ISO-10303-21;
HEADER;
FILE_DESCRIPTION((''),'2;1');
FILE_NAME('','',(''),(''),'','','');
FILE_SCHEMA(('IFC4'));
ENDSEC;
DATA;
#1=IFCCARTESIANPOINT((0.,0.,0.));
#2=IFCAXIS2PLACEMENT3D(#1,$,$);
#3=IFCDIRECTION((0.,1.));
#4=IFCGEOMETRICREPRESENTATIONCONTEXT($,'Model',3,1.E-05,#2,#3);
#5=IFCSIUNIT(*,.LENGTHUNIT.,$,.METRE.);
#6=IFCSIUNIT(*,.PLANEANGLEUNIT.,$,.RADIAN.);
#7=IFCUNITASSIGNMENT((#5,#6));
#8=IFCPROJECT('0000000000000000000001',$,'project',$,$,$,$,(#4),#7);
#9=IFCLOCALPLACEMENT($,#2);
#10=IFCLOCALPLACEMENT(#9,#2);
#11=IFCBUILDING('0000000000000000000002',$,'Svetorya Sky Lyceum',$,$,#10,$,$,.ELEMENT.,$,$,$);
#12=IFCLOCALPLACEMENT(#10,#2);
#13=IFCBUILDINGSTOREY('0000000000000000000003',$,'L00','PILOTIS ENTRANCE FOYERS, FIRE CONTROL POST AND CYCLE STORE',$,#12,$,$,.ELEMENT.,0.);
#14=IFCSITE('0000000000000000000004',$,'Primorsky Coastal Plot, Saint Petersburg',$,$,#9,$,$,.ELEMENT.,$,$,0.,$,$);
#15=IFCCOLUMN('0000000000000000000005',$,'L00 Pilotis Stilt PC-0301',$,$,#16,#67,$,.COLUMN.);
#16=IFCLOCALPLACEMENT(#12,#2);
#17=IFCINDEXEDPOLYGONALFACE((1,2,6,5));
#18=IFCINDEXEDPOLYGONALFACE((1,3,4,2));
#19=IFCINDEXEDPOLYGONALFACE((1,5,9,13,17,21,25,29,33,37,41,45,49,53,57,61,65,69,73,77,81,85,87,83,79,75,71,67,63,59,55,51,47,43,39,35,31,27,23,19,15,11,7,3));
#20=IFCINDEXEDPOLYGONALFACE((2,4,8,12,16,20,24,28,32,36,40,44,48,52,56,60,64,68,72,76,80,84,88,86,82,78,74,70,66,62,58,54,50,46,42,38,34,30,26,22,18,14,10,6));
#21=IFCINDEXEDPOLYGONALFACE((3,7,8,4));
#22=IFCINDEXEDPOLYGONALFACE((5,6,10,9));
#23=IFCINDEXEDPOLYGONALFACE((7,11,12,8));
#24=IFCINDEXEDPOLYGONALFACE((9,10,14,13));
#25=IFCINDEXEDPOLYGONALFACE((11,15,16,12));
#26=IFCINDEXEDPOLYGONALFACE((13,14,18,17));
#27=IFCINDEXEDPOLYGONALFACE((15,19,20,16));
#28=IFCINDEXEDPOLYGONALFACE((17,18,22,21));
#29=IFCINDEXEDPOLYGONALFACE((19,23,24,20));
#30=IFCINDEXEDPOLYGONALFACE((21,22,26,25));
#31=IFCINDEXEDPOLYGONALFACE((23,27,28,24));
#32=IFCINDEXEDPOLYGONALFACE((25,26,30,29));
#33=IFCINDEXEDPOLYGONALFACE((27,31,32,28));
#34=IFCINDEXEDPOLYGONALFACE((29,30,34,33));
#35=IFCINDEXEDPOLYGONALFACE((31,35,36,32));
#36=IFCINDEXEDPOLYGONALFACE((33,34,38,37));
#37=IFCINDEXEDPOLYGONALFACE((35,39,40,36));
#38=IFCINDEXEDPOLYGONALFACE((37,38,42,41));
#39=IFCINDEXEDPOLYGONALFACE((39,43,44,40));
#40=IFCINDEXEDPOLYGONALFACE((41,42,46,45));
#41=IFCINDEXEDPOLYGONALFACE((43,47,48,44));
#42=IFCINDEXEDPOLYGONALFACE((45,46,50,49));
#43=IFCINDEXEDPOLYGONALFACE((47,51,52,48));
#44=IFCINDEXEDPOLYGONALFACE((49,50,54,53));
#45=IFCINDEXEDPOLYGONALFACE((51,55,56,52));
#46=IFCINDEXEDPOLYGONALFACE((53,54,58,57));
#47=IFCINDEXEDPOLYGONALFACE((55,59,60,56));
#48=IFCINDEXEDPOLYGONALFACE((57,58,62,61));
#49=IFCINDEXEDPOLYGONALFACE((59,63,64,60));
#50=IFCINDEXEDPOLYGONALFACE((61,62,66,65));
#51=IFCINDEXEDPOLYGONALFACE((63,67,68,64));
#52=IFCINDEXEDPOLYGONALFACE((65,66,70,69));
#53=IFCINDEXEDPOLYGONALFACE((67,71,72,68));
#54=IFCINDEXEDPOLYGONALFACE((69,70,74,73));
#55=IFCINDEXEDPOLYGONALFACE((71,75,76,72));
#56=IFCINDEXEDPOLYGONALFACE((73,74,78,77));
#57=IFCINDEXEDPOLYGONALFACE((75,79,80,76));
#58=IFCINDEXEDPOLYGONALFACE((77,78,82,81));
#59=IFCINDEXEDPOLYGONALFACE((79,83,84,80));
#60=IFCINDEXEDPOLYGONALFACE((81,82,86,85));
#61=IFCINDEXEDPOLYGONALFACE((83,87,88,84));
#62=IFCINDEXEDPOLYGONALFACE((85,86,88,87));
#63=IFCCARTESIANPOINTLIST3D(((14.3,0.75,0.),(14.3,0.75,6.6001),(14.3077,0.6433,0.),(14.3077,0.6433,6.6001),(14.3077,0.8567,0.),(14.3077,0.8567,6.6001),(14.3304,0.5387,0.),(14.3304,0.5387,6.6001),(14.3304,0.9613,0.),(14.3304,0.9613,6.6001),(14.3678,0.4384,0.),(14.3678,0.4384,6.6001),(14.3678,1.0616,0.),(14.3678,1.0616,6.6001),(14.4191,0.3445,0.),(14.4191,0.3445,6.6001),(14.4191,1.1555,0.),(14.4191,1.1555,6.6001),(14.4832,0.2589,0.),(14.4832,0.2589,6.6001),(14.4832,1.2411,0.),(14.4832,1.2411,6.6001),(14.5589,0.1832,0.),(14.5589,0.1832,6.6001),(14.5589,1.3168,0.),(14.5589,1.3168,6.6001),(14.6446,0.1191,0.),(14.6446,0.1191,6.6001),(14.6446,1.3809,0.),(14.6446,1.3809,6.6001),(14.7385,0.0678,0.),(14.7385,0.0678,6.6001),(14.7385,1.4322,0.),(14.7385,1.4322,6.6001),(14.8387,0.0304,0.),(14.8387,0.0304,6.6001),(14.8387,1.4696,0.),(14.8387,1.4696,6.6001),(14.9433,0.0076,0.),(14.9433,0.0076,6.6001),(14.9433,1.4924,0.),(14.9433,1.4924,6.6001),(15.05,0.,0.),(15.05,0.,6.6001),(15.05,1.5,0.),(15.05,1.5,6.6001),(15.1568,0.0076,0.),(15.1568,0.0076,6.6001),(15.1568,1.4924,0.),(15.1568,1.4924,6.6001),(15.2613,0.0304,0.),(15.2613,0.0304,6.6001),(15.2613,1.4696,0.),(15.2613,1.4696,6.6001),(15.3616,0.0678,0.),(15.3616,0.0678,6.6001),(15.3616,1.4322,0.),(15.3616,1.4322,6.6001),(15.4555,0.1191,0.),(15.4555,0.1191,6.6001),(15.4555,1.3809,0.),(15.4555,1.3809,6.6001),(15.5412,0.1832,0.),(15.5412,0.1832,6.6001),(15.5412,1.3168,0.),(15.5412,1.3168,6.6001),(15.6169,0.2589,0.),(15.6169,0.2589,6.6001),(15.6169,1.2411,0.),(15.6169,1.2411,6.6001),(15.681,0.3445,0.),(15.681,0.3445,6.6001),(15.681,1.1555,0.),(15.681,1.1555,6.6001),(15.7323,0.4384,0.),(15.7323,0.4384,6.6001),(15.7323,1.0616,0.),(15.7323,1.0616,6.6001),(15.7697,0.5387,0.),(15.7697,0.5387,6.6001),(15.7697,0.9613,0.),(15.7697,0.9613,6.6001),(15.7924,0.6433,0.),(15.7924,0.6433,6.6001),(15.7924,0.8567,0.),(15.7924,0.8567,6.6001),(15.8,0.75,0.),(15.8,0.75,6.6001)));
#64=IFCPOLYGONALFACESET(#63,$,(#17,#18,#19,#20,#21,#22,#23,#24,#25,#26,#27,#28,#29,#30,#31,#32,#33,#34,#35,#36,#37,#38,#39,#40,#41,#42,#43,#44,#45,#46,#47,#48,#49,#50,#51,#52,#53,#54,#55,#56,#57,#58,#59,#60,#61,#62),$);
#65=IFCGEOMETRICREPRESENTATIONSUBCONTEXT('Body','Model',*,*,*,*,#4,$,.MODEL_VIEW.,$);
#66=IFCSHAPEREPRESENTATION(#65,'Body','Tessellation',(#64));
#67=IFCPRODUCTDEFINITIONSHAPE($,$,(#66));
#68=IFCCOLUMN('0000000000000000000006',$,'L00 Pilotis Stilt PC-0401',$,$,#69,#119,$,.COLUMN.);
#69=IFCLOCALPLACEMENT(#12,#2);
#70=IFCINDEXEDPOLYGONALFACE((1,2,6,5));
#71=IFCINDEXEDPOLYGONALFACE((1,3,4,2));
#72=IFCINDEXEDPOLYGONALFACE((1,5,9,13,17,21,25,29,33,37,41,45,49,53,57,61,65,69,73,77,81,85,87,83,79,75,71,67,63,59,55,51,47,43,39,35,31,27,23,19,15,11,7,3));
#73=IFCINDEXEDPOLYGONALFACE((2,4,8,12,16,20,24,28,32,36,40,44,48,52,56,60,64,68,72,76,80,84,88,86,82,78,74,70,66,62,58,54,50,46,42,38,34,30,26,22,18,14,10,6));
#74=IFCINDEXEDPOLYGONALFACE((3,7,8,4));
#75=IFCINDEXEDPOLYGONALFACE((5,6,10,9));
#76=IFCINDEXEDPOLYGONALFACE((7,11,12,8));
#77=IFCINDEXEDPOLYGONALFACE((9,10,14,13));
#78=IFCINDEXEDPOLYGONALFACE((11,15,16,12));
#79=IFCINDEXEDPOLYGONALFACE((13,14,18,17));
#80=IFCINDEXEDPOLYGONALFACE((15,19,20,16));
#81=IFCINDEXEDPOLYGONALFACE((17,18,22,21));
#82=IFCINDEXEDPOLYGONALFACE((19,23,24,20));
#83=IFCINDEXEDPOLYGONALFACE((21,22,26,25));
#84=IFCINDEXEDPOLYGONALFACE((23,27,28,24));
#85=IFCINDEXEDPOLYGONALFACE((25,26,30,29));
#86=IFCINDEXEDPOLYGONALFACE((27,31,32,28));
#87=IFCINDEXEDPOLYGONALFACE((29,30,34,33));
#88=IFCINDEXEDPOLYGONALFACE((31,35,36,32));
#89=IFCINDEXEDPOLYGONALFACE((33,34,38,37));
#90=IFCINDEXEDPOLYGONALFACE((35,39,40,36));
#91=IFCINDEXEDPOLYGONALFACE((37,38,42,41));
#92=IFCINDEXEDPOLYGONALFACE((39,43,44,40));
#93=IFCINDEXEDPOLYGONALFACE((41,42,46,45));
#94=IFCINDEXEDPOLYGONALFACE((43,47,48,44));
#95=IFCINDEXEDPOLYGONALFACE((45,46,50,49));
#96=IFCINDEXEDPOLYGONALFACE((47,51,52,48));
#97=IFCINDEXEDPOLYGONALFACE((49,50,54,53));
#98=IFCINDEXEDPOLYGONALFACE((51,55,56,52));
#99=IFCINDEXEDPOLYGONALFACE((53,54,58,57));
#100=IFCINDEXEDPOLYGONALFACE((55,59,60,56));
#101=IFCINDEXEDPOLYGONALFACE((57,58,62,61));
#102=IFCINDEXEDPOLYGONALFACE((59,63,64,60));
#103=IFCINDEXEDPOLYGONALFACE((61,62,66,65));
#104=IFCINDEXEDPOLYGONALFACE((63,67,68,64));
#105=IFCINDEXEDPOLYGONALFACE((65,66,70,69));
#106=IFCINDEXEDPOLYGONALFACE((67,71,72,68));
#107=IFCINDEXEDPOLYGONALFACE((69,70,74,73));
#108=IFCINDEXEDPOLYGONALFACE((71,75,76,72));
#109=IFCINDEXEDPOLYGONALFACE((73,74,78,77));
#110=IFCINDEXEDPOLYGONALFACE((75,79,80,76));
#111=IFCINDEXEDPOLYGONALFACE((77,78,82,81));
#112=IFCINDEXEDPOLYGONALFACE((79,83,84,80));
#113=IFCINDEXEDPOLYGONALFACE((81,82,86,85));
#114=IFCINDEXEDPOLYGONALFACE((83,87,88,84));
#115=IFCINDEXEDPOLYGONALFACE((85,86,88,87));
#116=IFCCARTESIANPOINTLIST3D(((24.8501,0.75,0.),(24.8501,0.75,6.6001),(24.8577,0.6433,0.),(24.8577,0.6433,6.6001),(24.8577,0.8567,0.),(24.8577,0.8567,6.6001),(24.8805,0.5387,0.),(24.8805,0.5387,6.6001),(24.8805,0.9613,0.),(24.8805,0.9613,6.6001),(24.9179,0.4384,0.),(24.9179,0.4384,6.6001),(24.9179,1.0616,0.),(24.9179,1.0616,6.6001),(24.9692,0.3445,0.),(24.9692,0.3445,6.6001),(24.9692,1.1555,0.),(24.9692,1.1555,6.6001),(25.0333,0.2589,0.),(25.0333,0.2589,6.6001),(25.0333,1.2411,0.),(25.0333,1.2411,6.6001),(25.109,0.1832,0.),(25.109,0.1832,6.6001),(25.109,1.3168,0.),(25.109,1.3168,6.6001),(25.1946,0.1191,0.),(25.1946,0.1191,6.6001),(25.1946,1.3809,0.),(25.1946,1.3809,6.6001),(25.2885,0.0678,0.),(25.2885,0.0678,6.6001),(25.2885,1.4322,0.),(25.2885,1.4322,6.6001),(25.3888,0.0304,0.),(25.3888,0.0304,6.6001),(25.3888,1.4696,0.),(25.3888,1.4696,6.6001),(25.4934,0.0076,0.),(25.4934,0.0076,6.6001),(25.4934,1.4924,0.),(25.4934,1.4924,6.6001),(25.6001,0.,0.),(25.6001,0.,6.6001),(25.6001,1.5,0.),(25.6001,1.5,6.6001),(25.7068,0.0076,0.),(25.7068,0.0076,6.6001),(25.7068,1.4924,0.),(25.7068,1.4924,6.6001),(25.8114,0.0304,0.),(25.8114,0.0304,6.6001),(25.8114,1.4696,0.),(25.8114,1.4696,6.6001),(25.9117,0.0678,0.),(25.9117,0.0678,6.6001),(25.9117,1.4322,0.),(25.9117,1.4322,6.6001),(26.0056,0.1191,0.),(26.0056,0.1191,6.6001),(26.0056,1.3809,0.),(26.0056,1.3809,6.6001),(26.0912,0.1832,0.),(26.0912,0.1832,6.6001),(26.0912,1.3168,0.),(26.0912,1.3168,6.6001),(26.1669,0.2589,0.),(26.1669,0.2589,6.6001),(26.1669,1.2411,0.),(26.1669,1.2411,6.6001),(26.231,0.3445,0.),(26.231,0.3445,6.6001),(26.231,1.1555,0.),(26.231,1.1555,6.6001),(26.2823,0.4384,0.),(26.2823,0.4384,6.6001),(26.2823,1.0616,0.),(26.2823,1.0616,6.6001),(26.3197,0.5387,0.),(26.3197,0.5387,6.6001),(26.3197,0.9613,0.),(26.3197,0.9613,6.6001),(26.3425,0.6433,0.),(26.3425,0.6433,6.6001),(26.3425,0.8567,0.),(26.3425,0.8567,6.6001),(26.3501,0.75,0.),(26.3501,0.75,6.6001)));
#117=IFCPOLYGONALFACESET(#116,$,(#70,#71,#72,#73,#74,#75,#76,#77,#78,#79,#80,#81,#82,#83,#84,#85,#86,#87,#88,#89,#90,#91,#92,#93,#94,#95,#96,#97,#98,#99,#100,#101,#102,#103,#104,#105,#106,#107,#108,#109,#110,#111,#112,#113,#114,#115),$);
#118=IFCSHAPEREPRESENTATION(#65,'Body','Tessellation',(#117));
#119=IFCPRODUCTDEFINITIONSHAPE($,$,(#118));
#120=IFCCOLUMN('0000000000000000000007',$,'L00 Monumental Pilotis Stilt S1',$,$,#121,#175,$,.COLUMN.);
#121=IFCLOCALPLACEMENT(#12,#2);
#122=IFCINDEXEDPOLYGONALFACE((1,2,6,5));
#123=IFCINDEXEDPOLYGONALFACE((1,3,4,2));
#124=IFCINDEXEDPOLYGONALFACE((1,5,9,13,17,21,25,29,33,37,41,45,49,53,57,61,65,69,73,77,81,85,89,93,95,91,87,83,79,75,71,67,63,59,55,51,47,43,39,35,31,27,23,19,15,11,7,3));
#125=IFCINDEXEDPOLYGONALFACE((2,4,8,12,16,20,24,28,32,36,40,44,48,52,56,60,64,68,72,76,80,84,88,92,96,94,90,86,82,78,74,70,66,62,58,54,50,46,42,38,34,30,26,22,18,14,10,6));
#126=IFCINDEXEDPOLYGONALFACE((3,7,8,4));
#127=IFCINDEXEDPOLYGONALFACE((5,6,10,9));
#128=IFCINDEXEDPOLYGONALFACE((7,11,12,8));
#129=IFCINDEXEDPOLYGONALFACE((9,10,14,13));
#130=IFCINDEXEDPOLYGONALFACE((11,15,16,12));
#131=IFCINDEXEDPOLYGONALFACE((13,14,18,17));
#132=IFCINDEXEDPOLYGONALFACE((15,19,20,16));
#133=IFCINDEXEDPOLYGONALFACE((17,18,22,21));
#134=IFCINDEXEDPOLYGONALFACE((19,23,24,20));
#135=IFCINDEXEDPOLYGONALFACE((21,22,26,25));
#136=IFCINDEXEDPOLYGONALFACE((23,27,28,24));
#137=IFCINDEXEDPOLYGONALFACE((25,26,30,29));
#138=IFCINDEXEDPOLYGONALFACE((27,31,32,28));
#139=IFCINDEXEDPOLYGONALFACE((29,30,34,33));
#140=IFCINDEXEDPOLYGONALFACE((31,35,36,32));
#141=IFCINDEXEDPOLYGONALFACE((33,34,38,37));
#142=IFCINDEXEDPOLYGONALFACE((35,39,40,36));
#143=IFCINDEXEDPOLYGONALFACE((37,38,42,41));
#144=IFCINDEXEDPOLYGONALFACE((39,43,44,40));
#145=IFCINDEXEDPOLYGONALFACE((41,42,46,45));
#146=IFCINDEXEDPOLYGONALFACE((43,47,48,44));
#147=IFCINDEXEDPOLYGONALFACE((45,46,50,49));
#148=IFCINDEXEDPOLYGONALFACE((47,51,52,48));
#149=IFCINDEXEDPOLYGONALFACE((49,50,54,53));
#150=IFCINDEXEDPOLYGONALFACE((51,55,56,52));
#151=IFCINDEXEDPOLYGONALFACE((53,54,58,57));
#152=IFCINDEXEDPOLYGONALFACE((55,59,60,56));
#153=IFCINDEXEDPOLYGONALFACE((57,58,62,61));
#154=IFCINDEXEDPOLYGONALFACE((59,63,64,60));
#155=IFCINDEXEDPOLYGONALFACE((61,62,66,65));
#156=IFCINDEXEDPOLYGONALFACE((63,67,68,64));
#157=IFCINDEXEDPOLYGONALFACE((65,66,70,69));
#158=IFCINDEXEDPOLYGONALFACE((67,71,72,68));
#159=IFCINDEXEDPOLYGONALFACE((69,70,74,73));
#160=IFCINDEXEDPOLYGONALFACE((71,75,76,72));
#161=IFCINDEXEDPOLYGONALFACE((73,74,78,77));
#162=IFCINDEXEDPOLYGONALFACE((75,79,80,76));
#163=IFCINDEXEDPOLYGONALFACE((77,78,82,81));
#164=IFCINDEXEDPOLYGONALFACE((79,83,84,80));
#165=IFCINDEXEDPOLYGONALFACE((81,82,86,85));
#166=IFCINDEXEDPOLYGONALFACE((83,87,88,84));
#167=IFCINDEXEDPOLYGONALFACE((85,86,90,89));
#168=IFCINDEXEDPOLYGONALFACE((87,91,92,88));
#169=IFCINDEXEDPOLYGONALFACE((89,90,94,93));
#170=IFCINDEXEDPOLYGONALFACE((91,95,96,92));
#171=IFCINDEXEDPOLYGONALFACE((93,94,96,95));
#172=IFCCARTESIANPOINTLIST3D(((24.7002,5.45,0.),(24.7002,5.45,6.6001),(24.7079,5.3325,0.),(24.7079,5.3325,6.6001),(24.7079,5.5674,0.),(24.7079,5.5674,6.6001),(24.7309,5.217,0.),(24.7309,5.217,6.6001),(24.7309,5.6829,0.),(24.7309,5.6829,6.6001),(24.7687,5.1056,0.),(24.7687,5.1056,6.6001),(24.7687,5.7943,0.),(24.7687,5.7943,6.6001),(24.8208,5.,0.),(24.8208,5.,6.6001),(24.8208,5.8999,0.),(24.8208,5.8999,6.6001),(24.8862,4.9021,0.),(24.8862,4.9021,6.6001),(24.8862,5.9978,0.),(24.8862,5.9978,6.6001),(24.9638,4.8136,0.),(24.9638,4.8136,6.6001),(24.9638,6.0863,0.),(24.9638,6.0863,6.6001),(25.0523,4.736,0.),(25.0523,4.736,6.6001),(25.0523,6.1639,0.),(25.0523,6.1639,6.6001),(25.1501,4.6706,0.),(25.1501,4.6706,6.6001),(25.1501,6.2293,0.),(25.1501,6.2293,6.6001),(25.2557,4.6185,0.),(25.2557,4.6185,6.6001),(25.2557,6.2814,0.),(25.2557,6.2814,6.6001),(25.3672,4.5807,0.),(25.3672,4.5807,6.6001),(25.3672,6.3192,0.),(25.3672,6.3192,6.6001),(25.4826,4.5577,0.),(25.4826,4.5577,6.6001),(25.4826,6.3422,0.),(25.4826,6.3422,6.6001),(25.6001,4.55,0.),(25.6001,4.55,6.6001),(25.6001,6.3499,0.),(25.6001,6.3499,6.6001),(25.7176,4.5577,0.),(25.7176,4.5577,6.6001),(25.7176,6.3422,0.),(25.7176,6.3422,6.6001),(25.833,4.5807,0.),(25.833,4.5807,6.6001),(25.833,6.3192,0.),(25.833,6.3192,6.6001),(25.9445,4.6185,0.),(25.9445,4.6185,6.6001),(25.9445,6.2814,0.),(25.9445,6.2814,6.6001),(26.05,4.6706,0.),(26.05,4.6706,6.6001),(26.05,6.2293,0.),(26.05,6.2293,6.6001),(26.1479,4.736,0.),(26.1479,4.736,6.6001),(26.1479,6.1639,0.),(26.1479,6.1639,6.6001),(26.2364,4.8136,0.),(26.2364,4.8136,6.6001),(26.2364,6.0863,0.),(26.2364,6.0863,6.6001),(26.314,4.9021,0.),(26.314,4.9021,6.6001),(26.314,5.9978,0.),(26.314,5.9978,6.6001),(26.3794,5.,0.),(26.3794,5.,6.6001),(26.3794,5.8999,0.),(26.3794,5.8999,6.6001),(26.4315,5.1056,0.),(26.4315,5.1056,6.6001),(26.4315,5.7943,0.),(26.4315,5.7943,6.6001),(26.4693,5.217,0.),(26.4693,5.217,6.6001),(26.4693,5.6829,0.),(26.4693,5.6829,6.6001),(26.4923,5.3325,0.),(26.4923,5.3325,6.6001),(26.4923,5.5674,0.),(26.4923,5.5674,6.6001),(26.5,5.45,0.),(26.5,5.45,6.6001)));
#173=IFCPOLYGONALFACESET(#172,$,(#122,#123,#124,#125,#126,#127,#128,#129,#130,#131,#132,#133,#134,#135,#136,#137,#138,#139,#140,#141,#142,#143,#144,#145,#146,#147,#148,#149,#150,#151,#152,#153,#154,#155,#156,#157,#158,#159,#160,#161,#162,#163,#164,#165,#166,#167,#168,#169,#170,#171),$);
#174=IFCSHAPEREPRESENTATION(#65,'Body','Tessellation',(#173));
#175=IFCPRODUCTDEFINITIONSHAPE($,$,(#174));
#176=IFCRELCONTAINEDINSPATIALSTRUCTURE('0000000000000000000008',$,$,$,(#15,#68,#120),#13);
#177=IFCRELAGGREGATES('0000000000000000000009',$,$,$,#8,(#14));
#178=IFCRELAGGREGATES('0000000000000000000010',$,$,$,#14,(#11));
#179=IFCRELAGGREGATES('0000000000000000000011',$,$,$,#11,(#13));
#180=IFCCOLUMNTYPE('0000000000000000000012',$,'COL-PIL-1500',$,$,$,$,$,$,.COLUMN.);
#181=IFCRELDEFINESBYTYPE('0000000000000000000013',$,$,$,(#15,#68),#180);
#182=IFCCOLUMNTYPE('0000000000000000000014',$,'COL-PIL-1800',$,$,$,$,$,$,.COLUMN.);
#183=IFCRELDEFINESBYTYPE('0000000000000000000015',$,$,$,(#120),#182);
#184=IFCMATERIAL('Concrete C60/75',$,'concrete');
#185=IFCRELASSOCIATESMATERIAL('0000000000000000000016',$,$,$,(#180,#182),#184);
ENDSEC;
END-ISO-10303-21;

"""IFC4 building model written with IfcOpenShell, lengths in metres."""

from ifc_helpers import new_model, si_unit, direction, frame, origin, origin_2d, place, context, subcontext, project, spatial, circle, extrude, material, material_profile, profile_set, type_object, element, save


model = new_model("IFC4")

# Units and contexts
model_context = context("Model", 3, precision=1e-05, world=origin(), true_north=direction((0.0, 1.0)))
body_context = subcontext(model_context, "Body", "Model", "MODEL_VIEW")
ifc_project = project(units=[si_unit("LENGTHUNIT", "METRE"), si_unit("PLANEANGLEUNIT", "RADIAN")], contexts=[model_context])

# Site, building, storey
site_placement = place(None, origin())
site = spatial("IfcSite", under=ifc_project, at=site_placement, Name="Primorsky Coastal Plot, Saint Petersburg", CompositionType="ELEMENT", RefElevation=0.0)
building_placement = place(site_placement, origin())
building = spatial("IfcBuilding", under=site, at=building_placement, Name="Svetorya Sky Lyceum", CompositionType="ELEMENT")
storey_placement = place(building_placement, origin())
storey = spatial("IfcBuildingStorey", under=building, at=storey_placement, Name="L00", Description="PILOTIS ENTRANCE FOYERS, FIRE CONTROL POST AND CYCLE STORE", CompositionType="ELEMENT", Elevation=0.0)

# Columns
ifc_material_1 = material(Name="Concrete C60/75", Category="concrete")
ifc_material_profile_1 = material_profile(ifc_material_1, circle(Radius=0.75, at=origin_2d()), Name="RC PILOTI D1500")
ifc_profile_set_1 = profile_set([ifc_material_profile_1], Name="Concrete C60/75")
column_type_1 = type_object("IfcColumnType", Name="COL-PIL-1500", PredefinedType="COLUMN", material=ifc_profile_set_1)
for number, where, z_axis, x_axis, name in (
    (1, (15.05, 0.75, 0.0), (0.0, 0.0, 1.0), (1.0, 0.0, 0.0), "L00 Pilotis Stilt PC-0301"),
    (2, (25.6001, 0.75, 0.0), (0.0, 0.0, 1.0), (1.0, 0.0, 0.0), "L00 Pilotis Stilt PC-0401"),
):
    element("IfcColumn", number, at=place(storey_placement, frame(where, z_axis=z_axis, x_axis=x_axis)), inside=storey, type_object=column_type_1, Name=name, PredefinedType="COLUMN", context=body_context, shape_type="SweptSolid", body=[
        extrude(circle(Radius=0.75, at=origin_2d()), origin(), (0.0, 0.0, 1.0), 6.6001),
    ])
ifc_material_profile_2 = material_profile(ifc_material_1, circle(Radius=0.8999, at=origin_2d()), Name="RC PILOTI D1800")
ifc_profile_set_2 = profile_set([ifc_material_profile_2], Name="Concrete C60/75")
column_type_2 = type_object("IfcColumnType", Name="COL-PIL-1800", PredefinedType="COLUMN", material=ifc_profile_set_2)
for number, where, z_axis, x_axis, name in (
    (3, (25.6001, 5.45, 0.0), (0.0, 0.0, 1.0), (1.0, 0.0, 0.0), "L00 Monumental Pilotis Stilt S1"),
):
    element("IfcColumn", number, at=place(storey_placement, frame(where, z_axis=z_axis, x_axis=x_axis)), inside=storey, type_object=column_type_2, Name=name, PredefinedType="COLUMN", context=body_context, shape_type="SweptSolid", body=[
        extrude(circle(Radius=0.8999, at=origin_2d()), origin(), (0.0, 0.0, 1.0), 6.6001),
    ])

save(model, "model.ifc")
